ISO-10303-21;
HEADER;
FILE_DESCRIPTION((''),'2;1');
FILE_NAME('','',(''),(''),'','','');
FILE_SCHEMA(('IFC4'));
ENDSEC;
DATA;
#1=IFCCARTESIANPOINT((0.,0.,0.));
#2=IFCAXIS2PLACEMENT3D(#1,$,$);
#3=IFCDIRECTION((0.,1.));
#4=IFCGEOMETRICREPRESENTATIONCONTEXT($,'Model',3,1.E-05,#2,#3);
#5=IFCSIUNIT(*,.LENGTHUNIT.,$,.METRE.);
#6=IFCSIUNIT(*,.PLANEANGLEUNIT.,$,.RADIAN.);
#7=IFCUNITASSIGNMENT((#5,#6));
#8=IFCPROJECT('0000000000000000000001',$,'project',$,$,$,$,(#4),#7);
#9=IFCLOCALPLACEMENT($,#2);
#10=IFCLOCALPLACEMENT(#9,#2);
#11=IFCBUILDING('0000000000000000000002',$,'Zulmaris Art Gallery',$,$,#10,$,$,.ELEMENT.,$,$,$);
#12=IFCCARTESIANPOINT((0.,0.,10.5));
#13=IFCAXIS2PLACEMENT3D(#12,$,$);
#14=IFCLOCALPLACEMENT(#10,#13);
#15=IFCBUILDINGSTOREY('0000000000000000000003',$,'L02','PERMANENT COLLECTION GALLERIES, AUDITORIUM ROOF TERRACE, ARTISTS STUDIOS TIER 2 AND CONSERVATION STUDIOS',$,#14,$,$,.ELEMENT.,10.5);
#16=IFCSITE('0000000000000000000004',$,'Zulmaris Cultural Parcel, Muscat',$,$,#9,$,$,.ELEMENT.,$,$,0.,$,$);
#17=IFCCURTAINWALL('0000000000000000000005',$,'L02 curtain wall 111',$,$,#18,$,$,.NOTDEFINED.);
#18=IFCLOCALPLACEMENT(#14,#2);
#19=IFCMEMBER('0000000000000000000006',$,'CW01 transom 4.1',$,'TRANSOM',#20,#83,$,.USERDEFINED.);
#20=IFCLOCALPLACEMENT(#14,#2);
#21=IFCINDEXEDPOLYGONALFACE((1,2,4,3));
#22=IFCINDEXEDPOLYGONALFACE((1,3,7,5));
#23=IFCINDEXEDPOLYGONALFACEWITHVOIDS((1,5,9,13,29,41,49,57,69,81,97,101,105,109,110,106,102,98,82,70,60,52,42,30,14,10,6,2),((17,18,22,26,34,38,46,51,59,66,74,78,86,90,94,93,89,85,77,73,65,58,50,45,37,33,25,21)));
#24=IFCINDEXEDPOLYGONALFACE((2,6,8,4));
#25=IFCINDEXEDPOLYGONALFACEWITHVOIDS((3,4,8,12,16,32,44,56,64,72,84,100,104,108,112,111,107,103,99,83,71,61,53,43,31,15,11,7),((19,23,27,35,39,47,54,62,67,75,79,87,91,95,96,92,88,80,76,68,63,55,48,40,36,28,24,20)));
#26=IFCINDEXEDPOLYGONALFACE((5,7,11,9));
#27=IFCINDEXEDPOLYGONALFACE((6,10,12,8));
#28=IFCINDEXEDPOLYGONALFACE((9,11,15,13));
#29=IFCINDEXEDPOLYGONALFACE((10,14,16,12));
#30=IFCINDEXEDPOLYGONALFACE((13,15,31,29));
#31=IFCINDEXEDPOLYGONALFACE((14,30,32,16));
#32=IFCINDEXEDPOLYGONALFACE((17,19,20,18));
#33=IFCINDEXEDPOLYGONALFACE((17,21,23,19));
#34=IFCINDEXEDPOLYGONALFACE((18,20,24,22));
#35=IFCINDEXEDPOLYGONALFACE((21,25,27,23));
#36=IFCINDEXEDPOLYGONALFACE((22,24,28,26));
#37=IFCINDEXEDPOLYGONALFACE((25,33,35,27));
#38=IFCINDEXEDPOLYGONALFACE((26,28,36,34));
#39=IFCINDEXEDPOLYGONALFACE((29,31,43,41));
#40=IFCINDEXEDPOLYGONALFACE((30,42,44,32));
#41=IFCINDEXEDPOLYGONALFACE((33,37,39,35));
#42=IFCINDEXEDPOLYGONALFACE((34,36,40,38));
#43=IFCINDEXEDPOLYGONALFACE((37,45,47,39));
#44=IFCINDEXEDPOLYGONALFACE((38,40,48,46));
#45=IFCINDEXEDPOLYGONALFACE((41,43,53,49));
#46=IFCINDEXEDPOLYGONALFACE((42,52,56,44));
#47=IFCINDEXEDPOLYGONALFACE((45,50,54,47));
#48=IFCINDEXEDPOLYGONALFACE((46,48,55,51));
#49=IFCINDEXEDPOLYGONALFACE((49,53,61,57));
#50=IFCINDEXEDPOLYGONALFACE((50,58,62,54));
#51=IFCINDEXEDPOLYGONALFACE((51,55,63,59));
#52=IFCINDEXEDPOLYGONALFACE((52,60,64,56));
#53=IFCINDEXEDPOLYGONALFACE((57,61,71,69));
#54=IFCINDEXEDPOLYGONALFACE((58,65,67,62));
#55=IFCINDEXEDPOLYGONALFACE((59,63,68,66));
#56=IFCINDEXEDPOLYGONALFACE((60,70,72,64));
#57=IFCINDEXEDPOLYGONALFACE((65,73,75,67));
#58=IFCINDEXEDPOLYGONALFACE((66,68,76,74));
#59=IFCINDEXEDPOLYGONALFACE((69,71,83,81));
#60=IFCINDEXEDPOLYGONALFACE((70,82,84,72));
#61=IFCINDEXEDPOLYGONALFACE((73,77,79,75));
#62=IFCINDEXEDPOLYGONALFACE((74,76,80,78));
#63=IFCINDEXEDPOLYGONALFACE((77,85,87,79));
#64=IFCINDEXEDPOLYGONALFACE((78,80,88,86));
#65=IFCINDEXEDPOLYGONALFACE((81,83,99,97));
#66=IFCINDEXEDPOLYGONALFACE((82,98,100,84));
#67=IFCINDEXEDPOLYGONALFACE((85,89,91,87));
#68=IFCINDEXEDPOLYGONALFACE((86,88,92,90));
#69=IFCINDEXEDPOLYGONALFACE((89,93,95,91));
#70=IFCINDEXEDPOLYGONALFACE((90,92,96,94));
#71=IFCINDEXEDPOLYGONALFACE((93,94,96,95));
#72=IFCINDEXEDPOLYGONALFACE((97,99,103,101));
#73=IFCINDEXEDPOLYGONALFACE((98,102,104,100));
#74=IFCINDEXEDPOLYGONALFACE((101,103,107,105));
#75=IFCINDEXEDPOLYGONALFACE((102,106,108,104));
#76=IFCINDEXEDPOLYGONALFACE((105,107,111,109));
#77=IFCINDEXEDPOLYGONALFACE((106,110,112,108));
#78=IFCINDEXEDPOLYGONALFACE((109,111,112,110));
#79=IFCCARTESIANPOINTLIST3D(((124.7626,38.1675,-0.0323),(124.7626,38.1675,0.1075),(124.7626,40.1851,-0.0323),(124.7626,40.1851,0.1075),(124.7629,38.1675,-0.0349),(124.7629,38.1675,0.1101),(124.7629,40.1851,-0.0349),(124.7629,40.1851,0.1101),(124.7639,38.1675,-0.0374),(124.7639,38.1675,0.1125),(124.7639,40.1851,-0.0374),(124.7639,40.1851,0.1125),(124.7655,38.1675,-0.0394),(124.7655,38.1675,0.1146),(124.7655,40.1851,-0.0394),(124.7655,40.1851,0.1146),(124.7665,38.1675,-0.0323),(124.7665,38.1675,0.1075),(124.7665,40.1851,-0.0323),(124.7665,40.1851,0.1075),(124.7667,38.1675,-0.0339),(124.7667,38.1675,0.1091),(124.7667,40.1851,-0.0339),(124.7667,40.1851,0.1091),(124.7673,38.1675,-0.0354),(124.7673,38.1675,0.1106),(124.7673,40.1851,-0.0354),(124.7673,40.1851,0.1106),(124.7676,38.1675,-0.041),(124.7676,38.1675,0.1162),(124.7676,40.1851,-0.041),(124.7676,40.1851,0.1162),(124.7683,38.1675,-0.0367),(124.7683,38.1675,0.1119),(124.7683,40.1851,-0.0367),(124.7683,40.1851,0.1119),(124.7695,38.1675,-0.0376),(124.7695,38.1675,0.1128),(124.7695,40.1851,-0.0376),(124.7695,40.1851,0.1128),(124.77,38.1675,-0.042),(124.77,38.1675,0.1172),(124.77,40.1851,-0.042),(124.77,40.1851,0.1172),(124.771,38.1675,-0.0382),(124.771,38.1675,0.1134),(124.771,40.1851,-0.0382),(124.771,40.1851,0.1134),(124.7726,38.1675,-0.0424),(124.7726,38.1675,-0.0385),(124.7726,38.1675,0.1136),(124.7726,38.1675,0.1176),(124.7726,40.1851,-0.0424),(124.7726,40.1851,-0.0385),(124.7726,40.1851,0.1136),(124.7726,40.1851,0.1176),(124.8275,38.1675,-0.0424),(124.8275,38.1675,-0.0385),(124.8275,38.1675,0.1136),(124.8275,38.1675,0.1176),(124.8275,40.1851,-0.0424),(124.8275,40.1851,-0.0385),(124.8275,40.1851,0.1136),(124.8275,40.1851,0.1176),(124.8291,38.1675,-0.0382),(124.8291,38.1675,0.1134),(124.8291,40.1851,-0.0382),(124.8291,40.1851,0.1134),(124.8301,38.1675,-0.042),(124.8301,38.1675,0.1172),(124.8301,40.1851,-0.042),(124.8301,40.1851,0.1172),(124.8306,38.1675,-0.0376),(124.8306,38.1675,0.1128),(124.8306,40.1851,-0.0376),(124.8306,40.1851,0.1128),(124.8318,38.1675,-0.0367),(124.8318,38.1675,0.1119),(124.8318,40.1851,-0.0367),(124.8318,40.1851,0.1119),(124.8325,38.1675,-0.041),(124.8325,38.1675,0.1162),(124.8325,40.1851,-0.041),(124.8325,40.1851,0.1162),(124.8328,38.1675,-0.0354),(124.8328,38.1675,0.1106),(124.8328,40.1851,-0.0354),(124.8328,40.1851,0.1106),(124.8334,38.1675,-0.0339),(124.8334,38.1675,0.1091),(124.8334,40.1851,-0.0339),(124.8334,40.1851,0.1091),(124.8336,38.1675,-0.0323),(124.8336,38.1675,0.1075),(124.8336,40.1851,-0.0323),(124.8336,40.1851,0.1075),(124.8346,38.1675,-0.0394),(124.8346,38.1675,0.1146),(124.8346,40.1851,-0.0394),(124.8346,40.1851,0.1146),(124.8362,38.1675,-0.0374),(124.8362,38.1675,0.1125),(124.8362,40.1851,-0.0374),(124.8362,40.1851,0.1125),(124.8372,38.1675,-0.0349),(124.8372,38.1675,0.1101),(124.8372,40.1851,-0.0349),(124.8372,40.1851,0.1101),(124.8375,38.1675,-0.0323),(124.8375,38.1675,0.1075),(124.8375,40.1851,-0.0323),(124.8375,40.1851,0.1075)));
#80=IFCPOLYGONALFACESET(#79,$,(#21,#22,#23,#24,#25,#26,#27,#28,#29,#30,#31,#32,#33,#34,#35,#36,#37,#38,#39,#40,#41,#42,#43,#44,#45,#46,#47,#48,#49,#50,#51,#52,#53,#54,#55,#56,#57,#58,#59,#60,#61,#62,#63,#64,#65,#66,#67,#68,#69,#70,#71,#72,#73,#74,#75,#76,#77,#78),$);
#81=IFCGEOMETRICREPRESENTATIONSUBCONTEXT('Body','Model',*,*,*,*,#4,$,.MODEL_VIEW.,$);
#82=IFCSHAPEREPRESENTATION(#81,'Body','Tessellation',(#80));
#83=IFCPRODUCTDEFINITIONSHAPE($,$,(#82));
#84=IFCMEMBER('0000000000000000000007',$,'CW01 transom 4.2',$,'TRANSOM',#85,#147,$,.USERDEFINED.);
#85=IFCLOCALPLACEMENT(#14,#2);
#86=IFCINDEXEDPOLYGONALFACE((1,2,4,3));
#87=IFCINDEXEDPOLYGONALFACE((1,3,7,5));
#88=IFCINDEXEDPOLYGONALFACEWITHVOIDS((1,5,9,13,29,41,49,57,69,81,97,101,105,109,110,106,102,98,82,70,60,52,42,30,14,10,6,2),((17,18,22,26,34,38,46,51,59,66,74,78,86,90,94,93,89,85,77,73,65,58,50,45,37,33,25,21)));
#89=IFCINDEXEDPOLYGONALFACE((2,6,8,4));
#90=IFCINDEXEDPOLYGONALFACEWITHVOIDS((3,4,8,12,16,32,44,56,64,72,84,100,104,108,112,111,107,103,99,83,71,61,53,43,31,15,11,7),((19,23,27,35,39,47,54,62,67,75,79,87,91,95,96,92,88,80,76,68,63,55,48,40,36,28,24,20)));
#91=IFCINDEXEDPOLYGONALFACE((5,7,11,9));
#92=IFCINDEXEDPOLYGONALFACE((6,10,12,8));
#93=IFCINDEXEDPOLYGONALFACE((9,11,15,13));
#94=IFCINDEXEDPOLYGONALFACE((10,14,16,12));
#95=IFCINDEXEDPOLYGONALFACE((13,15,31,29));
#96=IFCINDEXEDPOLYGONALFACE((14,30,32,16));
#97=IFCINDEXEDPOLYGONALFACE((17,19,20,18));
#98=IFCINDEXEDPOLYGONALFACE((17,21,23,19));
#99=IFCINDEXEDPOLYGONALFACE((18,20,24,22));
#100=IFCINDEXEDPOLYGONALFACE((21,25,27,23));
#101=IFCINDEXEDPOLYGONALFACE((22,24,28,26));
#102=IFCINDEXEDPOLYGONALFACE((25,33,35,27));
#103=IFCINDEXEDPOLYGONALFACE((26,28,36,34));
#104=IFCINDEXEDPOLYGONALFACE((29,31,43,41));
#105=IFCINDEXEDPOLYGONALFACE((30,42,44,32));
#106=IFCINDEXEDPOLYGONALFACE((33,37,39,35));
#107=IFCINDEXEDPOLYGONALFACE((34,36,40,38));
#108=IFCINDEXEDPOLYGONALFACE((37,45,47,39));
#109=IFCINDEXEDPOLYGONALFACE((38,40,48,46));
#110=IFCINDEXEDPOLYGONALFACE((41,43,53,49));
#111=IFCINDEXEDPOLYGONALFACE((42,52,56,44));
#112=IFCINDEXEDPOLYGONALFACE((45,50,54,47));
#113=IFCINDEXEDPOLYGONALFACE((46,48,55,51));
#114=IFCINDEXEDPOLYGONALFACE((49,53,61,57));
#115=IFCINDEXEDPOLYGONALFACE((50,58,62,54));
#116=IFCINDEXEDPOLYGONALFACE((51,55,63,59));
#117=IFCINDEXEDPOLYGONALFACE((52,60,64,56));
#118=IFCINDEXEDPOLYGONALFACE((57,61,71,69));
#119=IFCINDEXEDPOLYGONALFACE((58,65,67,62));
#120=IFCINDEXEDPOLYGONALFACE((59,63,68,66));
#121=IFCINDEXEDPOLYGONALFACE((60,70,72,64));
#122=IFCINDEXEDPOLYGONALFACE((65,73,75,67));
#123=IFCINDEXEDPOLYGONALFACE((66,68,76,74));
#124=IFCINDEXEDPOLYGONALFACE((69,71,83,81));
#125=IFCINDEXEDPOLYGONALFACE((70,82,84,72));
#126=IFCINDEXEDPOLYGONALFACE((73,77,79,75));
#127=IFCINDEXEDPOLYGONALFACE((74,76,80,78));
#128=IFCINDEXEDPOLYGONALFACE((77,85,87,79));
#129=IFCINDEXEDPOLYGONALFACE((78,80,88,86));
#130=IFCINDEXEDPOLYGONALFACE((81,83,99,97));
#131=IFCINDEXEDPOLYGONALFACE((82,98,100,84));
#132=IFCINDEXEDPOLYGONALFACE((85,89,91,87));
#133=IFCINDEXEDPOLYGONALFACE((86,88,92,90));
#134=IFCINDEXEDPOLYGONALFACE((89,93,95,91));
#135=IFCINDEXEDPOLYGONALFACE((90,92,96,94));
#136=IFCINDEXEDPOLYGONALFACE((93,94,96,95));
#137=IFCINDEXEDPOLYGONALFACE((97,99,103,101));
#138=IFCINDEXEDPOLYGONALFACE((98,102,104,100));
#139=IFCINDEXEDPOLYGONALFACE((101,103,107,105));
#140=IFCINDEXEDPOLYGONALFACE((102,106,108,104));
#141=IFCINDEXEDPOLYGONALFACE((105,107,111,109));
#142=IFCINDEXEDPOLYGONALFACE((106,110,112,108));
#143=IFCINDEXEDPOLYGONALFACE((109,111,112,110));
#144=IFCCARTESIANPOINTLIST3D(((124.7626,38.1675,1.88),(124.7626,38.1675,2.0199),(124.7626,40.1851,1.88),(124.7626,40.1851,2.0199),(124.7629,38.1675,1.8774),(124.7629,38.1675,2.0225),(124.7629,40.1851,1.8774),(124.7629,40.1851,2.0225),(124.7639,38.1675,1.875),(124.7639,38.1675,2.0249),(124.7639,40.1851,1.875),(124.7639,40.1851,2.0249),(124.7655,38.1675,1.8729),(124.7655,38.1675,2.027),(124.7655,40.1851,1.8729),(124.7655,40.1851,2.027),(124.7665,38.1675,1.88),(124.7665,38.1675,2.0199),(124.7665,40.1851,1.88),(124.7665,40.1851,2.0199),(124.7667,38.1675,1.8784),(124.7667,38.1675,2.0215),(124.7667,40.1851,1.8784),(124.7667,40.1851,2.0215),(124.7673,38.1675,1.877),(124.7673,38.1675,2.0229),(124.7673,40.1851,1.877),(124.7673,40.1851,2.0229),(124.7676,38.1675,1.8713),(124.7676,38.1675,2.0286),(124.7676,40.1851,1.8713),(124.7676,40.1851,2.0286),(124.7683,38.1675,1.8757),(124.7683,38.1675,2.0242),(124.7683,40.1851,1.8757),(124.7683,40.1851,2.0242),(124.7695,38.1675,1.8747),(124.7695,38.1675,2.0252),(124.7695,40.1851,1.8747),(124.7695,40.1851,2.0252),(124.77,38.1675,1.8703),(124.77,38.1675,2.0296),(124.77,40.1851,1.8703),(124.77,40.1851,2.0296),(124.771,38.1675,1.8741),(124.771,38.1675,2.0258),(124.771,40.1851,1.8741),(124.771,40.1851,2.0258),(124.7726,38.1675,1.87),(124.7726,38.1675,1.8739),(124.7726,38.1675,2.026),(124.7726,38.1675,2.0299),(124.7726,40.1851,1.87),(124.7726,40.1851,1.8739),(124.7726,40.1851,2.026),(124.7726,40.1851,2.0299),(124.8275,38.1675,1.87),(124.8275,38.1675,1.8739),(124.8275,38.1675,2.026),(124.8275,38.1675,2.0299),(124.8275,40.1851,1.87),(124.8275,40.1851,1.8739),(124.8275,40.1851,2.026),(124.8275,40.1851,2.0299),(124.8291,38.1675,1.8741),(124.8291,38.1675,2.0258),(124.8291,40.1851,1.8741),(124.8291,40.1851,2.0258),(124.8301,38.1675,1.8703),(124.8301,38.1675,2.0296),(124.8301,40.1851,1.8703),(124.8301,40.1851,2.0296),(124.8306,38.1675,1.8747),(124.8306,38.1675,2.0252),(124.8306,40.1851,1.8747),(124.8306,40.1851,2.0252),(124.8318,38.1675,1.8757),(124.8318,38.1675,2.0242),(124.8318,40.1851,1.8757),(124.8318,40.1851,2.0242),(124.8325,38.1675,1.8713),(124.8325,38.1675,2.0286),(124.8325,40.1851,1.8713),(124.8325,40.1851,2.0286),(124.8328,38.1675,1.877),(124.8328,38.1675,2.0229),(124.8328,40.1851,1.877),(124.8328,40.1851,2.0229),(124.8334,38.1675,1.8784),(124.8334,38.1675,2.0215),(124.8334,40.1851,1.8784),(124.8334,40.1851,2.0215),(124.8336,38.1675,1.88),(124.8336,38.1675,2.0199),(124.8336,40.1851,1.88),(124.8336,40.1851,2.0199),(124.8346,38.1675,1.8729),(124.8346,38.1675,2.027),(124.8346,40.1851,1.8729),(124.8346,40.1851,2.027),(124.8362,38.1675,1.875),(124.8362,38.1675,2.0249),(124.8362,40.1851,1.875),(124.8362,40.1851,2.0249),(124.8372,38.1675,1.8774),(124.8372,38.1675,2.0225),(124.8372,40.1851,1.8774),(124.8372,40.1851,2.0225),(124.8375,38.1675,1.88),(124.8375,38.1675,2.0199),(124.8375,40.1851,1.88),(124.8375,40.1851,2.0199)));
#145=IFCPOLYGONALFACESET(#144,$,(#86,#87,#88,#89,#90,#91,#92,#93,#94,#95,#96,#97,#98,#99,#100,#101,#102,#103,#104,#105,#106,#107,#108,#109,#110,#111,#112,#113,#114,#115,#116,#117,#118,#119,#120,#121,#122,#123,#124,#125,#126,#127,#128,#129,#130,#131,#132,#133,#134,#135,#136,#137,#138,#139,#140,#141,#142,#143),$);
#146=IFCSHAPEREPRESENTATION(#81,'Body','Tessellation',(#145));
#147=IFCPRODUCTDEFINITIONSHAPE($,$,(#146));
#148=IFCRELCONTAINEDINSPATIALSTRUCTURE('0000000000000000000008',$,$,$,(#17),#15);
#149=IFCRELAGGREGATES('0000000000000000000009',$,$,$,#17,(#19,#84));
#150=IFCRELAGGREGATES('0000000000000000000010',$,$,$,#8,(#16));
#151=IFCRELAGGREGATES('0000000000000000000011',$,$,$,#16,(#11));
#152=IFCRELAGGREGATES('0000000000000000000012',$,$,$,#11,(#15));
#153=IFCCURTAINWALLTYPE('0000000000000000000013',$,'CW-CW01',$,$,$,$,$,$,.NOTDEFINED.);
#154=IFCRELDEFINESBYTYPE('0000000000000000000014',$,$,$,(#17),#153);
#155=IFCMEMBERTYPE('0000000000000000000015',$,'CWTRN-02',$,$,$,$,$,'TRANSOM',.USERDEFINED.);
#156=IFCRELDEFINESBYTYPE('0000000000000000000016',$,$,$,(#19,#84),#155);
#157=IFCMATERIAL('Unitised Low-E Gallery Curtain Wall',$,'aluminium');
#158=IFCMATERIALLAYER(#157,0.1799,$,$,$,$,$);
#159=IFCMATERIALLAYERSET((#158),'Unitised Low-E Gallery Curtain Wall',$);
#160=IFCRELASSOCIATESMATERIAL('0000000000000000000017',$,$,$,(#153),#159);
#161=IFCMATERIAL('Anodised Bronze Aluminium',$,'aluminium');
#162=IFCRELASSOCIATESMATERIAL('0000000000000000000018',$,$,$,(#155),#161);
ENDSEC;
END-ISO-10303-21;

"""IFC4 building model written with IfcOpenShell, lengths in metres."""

from ifc_helpers import new_model, si_unit, direction, frame, origin, origin_2d, place, context, subcontext, project, spatial, hollow_rectangle, extrude, material, layer, layer_set, material_profile, profile_set, type_object, element, aggregate, save


model = new_model("IFC4")

# Units and contexts
model_context = context("Model", 3, precision=1e-05, world=origin(), true_north=direction((0.0, 1.0)))
body_context = subcontext(model_context, "Body", "Model", "MODEL_VIEW")
ifc_project = project(units=[si_unit("LENGTHUNIT", "METRE"), si_unit("PLANEANGLEUNIT", "RADIAN")], contexts=[model_context])

# Site, building, storey
site_placement = place(None, origin())
site = spatial("IfcSite", under=ifc_project, at=site_placement, Name="Zulmaris Cultural Parcel, Muscat", CompositionType="ELEMENT", RefElevation=0.0)
building_placement = place(site_placement, origin())
building = spatial("IfcBuilding", under=site, at=building_placement, Name="Zulmaris Art Gallery", CompositionType="ELEMENT")
storey_placement = place(building_placement, frame((0.0, 0.0, 10.5)))
storey = spatial("IfcBuildingStorey", under=building, at=storey_placement, Name="L02", Description="PERMANENT COLLECTION GALLERIES, AUDITORIUM ROOF TERRACE, ARTISTS STUDIOS TIER 2 AND CONSERVATION STUDIOS", CompositionType="ELEMENT", Elevation=10.5)

# Curtain wall
ifc_material_1 = material(Name="Unitised Low-E Gallery Curtain Wall", Category="aluminium")
ifc_layer_1 = layer(ifc_material_1, 0.1799)
ifc_layer_set_1 = layer_set([ifc_layer_1], Name="Unitised Low-E Gallery Curtain Wall")
curtain_wall_type = type_object("IfcCurtainWallType", Name="CW-CW01", PredefinedType="NOTDEFINED", material=ifc_layer_set_1)
curtain_wall_1_placement = place(storey_placement, origin())
curtain_wall_1 = element("IfcCurtainWall", 1, at=curtain_wall_1_placement, inside=storey, type_object=curtain_wall_type, Name="L02 curtain wall 111", PredefinedType="NOTDEFINED")
ifc_material_2 = material(Name="Anodised Bronze Aluminium", Category="aluminium")

# Members
ifc_material_profile_1 = material_profile(ifc_material_2, hollow_rectangle(XDim=0.075, YDim=0.1599, WallThickness=0.0039, InnerFilletRadius=0.0061, OuterFilletRadius=0.01, at=origin_2d()), Name="ALU 75x160x4")
ifc_profile_set_1 = profile_set([ifc_material_profile_1], Name="Anodised Bronze Aluminium")
member_type_1 = type_object("IfcMemberType", Name="CWTRN-02", ElementType="TRANSOM", PredefinedType="USERDEFINED", material=ifc_profile_set_1)
member_1_placement = place(storey_placement, frame((124.8, 38.1675, 0.0376), z_axis=(0.0, 1.0, 0.0), x_axis=(-1.0, 0.0, 0.0)))
member_1 = element("IfcMember", 2, at=member_1_placement, type_object=member_type_1, Name="CW01 transom 4.1", ObjectType="TRANSOM", PredefinedType="USERDEFINED", context=body_context, shape_type="SweptSolid", body=[
    extrude(hollow_rectangle(XDim=0.075, YDim=0.1599, WallThickness=0.0039, InnerFilletRadius=0.0061, OuterFilletRadius=0.01, at=origin_2d()), origin(), (0.0, 0.0, 1.0), 2.0176),
])
member_2_placement = place(storey_placement, frame((124.8, 38.1675, 1.95), z_axis=(0.0, 1.0, 0.0), x_axis=(-1.0, 0.0, 0.0)))
member_2 = element("IfcMember", 3, at=member_2_placement, type_object=member_type_1, Name="CW01 transom 4.2", ObjectType="TRANSOM", PredefinedType="USERDEFINED", context=body_context, shape_type="SweptSolid", body=[
    extrude(hollow_rectangle(XDim=0.075, YDim=0.1599, WallThickness=0.0039, InnerFilletRadius=0.0061, OuterFilletRadius=0.01, at=origin_2d()), origin(), (0.0, 0.0, 1.0), 2.0176),
])

aggregate(curtain_wall_1, [member_1, member_2])

save(model, "model.ifc")
